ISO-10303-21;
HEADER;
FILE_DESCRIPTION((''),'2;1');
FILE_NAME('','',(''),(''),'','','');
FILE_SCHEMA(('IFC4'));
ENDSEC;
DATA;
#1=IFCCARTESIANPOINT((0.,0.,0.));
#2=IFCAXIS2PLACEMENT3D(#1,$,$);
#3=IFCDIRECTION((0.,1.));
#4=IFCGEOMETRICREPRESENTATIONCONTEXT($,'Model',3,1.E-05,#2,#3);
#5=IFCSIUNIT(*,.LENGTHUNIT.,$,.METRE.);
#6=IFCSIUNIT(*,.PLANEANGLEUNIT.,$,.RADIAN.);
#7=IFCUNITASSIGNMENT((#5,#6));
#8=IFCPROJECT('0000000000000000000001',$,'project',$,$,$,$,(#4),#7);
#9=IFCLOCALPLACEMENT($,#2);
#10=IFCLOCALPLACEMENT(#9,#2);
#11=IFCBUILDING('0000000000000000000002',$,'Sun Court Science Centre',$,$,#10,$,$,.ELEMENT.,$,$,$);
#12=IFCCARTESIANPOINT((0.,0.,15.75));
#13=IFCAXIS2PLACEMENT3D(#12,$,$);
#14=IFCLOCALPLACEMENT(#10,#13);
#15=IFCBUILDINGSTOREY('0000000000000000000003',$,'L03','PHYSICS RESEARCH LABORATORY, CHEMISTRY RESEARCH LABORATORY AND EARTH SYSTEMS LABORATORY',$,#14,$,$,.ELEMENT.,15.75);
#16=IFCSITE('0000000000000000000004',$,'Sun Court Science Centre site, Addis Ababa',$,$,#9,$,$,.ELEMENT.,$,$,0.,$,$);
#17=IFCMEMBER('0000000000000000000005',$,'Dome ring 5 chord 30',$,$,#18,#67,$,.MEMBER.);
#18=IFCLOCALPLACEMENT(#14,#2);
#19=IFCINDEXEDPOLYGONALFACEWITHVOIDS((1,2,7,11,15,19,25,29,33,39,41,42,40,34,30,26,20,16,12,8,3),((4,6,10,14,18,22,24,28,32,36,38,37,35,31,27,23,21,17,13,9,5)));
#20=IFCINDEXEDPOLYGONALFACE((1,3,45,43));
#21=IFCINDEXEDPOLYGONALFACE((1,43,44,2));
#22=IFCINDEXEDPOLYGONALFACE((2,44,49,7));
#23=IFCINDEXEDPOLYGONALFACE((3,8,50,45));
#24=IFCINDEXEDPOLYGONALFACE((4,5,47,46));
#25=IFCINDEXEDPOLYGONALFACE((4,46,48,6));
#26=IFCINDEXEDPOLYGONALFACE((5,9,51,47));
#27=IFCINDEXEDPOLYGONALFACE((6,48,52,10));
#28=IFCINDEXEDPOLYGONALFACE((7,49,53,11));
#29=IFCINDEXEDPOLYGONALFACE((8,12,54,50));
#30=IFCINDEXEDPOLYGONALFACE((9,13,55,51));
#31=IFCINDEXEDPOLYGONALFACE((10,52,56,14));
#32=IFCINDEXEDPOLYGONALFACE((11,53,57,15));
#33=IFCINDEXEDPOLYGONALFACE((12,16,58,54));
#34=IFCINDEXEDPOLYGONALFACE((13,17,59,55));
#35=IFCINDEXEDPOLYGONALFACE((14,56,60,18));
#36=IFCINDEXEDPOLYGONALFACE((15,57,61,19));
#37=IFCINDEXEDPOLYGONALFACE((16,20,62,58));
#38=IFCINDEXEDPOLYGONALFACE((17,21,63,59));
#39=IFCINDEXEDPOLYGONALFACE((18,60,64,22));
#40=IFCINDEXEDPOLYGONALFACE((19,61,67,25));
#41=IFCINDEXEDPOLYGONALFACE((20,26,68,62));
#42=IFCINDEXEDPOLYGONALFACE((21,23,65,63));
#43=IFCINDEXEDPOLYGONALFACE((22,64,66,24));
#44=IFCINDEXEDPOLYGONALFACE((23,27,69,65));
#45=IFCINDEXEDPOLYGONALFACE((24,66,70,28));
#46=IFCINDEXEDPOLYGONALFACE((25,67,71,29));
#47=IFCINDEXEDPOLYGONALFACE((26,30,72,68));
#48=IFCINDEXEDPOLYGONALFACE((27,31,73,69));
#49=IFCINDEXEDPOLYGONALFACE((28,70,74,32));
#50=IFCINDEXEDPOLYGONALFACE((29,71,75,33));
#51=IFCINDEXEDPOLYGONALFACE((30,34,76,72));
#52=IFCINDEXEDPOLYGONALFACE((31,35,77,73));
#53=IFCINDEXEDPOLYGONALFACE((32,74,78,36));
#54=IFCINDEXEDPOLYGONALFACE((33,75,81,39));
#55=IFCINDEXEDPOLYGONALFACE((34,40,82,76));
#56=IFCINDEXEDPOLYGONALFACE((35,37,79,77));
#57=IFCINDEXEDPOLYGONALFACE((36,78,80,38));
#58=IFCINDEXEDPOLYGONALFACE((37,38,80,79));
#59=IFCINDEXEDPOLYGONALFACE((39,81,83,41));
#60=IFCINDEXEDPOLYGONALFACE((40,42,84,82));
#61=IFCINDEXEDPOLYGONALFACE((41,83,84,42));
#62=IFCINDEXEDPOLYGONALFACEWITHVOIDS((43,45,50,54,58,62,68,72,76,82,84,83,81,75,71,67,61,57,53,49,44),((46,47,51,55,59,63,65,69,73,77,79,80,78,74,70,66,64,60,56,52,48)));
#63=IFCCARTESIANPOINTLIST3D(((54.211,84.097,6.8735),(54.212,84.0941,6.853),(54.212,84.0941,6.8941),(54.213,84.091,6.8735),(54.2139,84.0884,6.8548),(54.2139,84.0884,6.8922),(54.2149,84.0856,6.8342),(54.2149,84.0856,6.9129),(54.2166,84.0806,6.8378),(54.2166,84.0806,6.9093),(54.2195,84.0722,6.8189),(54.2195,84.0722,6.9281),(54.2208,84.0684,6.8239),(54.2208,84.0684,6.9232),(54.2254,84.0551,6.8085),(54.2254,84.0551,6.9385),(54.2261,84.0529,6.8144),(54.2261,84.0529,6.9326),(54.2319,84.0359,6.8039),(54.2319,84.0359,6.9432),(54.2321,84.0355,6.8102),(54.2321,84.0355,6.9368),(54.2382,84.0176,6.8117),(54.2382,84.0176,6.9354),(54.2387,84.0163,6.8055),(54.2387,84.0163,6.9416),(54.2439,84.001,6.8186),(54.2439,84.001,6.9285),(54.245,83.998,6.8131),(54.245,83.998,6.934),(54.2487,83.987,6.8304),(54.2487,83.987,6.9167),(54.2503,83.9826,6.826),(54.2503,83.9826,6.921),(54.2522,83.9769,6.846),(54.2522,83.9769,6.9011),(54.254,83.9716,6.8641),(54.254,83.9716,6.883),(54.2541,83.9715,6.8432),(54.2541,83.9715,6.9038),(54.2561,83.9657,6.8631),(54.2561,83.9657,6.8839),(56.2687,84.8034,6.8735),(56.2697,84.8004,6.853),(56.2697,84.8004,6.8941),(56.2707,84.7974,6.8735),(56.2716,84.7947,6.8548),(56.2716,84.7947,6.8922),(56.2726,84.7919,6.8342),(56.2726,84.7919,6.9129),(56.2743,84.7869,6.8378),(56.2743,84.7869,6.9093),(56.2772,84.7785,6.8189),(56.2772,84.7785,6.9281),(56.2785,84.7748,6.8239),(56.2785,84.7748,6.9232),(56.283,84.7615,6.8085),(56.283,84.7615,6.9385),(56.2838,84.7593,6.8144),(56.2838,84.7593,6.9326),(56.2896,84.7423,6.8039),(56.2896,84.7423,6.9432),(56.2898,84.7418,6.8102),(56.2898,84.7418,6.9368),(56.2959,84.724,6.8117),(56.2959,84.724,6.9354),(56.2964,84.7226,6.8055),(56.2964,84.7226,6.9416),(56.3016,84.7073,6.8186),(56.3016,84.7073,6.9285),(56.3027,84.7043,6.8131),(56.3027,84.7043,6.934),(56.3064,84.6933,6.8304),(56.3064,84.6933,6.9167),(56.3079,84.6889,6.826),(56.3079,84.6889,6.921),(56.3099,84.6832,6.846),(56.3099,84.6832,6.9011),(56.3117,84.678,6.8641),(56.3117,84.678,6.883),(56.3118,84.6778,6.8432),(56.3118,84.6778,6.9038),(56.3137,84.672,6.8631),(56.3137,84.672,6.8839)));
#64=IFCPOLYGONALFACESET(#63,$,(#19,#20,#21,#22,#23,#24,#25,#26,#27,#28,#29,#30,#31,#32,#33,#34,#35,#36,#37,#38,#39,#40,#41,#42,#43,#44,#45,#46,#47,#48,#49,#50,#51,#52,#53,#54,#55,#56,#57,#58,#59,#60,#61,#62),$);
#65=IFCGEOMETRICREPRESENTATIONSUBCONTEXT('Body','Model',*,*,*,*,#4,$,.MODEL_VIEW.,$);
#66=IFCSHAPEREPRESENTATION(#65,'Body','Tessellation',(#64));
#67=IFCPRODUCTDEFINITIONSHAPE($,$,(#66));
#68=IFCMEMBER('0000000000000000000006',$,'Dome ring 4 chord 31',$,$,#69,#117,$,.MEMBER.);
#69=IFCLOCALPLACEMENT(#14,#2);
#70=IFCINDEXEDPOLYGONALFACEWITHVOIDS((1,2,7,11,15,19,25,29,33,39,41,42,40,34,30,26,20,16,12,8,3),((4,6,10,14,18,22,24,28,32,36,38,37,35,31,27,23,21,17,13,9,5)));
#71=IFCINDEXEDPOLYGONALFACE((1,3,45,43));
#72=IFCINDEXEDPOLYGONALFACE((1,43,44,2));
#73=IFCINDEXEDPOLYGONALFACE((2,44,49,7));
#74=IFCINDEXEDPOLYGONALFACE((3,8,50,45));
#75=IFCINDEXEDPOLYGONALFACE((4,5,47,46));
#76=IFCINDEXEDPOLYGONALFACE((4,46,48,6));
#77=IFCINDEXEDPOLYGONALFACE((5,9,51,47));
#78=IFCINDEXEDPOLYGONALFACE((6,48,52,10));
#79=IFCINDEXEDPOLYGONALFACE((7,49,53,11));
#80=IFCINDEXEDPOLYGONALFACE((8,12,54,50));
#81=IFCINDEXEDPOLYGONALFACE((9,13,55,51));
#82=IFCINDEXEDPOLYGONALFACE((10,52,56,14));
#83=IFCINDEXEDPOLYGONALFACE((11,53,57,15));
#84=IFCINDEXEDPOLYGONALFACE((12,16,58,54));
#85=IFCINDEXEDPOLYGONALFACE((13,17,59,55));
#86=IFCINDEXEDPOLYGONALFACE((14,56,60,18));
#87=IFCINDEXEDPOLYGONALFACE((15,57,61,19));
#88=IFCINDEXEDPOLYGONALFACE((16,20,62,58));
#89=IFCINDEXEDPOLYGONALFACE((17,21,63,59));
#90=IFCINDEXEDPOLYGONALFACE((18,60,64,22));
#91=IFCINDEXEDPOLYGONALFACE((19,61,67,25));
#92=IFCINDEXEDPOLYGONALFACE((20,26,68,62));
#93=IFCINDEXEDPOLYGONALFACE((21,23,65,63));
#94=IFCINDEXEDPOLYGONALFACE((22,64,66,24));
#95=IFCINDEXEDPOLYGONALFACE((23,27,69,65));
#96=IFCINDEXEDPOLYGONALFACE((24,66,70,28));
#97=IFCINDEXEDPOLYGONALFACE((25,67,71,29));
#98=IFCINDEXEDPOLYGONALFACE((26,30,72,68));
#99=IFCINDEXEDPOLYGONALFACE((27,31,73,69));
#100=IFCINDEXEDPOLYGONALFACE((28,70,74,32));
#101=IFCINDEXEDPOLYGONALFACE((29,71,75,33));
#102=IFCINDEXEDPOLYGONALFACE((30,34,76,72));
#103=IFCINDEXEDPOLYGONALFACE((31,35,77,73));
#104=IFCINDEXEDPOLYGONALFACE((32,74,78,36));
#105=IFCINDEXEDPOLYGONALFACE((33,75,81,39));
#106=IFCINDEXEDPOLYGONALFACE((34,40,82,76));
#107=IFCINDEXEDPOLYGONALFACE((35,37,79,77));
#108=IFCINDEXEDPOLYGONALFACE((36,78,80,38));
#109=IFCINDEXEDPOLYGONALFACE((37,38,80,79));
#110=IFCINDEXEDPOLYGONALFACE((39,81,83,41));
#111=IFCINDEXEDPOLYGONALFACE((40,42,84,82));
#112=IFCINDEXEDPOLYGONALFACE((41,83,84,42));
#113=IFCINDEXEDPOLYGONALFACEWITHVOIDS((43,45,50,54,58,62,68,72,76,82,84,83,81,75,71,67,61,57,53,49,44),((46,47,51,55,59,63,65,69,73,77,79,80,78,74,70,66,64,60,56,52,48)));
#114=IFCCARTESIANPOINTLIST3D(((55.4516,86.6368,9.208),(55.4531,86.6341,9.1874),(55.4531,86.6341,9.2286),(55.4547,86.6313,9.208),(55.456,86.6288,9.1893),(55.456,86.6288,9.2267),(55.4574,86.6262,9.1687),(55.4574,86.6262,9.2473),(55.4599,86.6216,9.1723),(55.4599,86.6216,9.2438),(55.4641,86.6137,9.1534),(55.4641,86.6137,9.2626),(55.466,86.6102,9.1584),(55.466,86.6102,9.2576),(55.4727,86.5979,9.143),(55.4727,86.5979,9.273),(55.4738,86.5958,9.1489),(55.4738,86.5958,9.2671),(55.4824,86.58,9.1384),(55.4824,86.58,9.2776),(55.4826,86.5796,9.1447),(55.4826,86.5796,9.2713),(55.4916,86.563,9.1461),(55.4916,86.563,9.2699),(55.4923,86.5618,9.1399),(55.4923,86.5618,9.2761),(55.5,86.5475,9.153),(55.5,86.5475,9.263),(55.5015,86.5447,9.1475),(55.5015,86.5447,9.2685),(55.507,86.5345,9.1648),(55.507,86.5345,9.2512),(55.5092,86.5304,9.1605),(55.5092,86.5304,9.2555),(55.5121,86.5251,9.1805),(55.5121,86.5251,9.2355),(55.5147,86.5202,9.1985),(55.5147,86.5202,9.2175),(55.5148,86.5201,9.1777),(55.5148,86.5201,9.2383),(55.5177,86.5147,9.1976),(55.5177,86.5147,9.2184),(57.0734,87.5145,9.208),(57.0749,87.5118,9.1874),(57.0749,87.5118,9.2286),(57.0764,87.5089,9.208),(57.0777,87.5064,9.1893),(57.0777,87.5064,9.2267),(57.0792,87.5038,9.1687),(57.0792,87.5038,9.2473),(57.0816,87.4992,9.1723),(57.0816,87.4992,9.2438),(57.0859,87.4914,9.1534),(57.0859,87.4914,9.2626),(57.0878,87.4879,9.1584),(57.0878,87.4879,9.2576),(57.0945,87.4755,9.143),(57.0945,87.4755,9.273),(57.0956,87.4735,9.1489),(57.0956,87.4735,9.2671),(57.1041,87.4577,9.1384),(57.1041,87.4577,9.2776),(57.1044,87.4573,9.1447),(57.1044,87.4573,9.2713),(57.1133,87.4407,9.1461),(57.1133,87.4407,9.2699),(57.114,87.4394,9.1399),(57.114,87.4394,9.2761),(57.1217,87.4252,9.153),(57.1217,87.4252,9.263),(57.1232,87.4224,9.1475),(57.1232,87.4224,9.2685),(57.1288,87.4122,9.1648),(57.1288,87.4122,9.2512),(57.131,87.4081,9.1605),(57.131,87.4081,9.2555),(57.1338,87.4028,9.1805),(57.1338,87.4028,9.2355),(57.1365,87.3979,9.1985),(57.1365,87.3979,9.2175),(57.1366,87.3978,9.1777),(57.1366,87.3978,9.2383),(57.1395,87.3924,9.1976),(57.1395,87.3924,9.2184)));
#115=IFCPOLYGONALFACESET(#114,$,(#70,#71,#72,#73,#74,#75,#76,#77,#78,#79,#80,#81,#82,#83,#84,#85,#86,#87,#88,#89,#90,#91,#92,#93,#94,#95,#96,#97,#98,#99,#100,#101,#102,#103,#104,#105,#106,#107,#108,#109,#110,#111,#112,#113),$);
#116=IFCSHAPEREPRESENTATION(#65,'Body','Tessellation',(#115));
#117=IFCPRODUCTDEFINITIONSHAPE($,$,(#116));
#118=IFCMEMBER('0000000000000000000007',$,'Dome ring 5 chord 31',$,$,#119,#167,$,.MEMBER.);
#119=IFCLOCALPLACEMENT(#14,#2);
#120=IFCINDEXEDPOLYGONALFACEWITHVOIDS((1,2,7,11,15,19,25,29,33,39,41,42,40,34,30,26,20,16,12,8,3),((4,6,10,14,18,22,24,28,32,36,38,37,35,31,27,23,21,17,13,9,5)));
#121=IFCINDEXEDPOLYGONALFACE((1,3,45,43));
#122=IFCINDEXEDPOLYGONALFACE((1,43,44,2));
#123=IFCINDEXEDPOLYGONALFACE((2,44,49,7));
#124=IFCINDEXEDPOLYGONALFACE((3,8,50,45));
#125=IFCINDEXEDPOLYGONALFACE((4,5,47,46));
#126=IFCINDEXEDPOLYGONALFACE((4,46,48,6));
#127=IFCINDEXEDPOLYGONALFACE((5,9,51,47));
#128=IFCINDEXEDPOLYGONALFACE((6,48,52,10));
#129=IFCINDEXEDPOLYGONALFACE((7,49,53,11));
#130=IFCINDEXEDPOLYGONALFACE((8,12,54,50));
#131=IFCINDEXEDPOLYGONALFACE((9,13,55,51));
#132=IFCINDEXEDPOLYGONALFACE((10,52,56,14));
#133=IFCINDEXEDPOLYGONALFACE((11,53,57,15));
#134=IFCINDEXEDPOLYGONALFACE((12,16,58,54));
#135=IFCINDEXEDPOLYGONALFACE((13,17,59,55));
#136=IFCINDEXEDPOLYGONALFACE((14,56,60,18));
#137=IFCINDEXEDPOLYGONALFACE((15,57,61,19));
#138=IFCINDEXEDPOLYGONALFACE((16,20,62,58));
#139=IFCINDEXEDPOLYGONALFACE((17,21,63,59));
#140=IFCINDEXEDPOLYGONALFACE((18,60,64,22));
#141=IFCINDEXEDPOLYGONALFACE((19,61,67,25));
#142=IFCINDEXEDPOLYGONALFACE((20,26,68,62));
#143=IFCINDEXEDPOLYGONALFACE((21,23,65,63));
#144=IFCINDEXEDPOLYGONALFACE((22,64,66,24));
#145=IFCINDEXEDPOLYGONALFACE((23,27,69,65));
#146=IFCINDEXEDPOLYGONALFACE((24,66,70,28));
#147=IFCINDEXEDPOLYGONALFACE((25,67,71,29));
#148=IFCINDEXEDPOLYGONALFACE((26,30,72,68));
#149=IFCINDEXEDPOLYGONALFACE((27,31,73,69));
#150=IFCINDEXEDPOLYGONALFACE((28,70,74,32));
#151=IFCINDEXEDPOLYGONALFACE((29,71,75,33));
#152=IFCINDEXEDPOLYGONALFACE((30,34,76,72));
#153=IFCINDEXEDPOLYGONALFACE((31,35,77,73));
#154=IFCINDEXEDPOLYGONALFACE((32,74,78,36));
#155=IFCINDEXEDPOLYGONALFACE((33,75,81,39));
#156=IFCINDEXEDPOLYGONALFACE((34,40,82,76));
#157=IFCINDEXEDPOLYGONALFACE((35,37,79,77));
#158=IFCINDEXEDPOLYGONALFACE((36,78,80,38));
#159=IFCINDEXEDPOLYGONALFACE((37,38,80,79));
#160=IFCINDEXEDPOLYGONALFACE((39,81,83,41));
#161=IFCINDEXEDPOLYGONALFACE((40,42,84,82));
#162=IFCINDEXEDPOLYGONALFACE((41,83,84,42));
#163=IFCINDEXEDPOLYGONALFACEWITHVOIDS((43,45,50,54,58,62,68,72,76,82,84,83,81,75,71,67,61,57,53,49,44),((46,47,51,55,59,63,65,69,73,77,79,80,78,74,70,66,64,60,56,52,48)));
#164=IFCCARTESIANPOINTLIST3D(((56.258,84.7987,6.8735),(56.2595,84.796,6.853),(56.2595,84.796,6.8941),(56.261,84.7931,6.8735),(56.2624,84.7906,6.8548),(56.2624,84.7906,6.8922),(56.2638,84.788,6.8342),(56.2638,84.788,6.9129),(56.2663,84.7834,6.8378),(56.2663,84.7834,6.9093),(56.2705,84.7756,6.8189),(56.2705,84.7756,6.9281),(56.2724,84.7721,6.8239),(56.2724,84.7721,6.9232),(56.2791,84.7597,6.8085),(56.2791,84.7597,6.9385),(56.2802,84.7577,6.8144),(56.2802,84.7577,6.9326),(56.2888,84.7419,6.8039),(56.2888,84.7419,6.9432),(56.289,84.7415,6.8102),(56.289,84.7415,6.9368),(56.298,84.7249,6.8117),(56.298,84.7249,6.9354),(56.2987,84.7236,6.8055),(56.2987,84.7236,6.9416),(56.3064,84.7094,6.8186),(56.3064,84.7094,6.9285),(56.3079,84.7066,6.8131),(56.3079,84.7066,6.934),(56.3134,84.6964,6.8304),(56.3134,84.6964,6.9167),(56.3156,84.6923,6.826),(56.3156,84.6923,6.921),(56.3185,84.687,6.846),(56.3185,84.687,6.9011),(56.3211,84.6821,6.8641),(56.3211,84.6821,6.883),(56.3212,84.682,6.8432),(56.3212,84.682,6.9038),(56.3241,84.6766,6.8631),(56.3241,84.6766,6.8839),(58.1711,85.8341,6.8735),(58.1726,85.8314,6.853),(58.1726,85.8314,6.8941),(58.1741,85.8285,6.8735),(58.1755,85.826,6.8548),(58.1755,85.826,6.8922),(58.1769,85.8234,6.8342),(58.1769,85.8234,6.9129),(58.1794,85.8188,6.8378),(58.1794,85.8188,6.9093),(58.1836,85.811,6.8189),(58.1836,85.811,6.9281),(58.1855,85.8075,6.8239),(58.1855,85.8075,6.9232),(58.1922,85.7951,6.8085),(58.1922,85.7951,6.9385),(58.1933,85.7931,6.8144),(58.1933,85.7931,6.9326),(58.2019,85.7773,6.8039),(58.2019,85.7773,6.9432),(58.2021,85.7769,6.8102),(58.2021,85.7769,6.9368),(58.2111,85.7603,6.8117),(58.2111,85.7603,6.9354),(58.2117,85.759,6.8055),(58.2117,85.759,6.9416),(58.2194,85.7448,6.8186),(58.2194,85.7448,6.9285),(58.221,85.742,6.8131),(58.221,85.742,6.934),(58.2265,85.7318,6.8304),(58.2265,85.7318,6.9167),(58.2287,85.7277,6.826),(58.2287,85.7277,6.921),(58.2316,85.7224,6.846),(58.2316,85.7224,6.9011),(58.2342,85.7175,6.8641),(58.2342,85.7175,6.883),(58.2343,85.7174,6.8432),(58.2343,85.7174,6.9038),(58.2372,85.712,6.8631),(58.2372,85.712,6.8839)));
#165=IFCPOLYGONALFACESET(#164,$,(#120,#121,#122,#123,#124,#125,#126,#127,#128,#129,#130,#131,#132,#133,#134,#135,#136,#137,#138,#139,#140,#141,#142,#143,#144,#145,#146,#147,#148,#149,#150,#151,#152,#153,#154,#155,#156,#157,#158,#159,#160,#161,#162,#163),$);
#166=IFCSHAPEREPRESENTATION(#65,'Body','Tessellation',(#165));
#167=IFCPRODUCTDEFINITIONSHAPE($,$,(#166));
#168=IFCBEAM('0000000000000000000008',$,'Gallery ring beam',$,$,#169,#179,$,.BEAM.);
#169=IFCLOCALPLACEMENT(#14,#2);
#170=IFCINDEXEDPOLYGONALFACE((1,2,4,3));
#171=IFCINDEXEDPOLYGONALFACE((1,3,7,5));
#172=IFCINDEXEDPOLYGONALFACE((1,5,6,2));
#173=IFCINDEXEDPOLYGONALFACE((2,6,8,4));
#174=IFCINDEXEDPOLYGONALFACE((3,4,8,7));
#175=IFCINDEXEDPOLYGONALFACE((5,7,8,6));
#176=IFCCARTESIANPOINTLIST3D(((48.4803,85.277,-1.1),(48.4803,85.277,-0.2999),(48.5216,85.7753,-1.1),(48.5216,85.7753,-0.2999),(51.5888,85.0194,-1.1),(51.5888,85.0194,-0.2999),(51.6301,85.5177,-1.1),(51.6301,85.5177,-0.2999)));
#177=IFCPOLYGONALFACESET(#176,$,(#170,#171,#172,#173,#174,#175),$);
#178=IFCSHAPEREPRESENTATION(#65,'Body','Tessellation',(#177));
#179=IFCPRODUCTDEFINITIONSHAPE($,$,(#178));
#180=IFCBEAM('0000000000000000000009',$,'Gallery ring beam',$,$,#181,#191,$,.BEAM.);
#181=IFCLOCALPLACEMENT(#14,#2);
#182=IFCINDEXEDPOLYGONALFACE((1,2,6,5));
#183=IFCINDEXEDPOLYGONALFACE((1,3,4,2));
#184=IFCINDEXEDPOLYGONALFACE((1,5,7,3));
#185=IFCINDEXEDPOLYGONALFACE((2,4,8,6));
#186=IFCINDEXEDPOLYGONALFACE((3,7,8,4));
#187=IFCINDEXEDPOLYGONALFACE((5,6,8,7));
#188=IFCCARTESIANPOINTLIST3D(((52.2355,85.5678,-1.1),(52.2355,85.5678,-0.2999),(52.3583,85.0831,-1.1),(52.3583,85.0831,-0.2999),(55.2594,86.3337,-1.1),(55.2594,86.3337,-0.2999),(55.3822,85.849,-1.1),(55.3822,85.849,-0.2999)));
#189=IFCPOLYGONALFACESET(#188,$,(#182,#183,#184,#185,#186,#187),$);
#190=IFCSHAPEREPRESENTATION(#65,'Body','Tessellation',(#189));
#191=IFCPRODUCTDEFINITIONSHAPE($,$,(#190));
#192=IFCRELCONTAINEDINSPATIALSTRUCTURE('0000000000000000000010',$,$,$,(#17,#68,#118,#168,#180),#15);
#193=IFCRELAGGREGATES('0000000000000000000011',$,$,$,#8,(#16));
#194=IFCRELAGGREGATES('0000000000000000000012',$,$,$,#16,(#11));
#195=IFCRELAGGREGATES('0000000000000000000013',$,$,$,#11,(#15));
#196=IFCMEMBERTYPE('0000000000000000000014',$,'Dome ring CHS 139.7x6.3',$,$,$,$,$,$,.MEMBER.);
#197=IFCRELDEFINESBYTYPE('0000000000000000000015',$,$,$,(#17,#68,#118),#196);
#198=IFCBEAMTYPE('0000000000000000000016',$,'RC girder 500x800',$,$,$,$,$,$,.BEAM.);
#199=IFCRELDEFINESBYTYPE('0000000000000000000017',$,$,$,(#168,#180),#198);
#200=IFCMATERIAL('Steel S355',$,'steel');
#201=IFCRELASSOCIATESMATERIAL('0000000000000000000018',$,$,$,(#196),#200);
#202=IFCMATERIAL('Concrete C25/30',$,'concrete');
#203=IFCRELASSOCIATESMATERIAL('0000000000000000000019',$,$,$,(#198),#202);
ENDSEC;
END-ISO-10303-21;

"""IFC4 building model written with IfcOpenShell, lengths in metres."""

from ifc_helpers import new_model, si_unit, direction, frame, origin, origin_2d, place, context, subcontext, project, spatial, rectangle, hollow_circle, extrude, material, material_profile, profile_set, type_object, element, save


model = new_model("IFC4")

# Units and contexts
model_context = context("Model", 3, precision=1e-05, world=origin(), true_north=direction((0.0, 1.0)))
body_context = subcontext(model_context, "Body", "Model", "MODEL_VIEW")
ifc_project = project(units=[si_unit("LENGTHUNIT", "METRE"), si_unit("PLANEANGLEUNIT", "RADIAN")], contexts=[model_context])

# Site, building, storey
site_placement = place(None, origin())
site = spatial("IfcSite", under=ifc_project, at=site_placement, Name="Sun Court Science Centre site, Addis Ababa", CompositionType="ELEMENT", RefElevation=0.0)
building_placement = place(site_placement, origin())
building = spatial("IfcBuilding", under=site, at=building_placement, Name="Sun Court Science Centre", CompositionType="ELEMENT")
storey_placement = place(building_placement, frame((0.0, 0.0, 15.75)))
storey = spatial("IfcBuildingStorey", under=building, at=storey_placement, Name="L03", Description="PHYSICS RESEARCH LABORATORY, CHEMISTRY RESEARCH LABORATORY AND EARTH SYSTEMS LABORATORY", CompositionType="ELEMENT", Elevation=15.75)

# Members
ifc_material_1 = material(Name="Steel S355", Category="steel")
ifc_material_profile_1 = material_profile(ifc_material_1, hollow_circle(Radius=0.0698, WallThickness=0.0063, at=origin_2d()), Name="CHS 139.7x6.3")
ifc_profile_set_1 = profile_set([ifc_material_profile_1], Name="Steel S355")
member_type_1 = type_object("IfcMemberType", Name="Dome ring CHS 139.7x6.3", PredefinedType="MEMBER", material=ifc_profile_set_1)
member_1_placement = place(storey_placement, frame((54.2336, 84.031, 6.8735), z_axis=(0.945829, 0.324666, 0.0), x_axis=(-0.324666, 0.945829, 0.0)))
element("IfcMember", 1, at=member_1_placement, inside=storey, type_object=member_type_1, Name="Dome ring 5 chord 30", PredefinedType="MEMBER", context=body_context, shape_type="SweptSolid", body=[
    extrude(hollow_circle(Radius=0.0698, WallThickness=0.0063, at=origin_2d()), origin(), (0.0, 0.0, 1.0), 2.1755),
])
member_2_placement = place(storey_placement, frame((55.4849, 86.5754, 9.208), z_axis=(0.879474, 0.475946, 0.0), x_axis=(-0.475946, 0.879474, 0.0)))
element("IfcMember", 2, at=member_2_placement, inside=storey, type_object=member_type_1, Name="Dome ring 4 chord 31", PredefinedType="MEMBER", context=body_context, shape_type="SweptSolid", body=[
    extrude(hollow_circle(Radius=0.0698, WallThickness=0.0063, at=origin_2d()), origin(), (0.0, 0.0, 1.0), 1.844),
])
member_3_placement = place(storey_placement, frame((56.2913, 84.7373, 6.8735), z_axis=(0.879456, 0.475979, 0.0), x_axis=(-0.475979, 0.879456, 0.0)))
element("IfcMember", 3, at=member_3_placement, inside=storey, type_object=member_type_1, Name="Dome ring 5 chord 31", PredefinedType="MEMBER", context=body_context, shape_type="SweptSolid", body=[
    extrude(hollow_circle(Radius=0.0698, WallThickness=0.0063, at=origin_2d()), origin(), (0.0, 0.0, 1.0), 2.1753),
])

# Beams
ifc_material_2 = material(Name="Concrete C25/30", Category="concrete")
ifc_material_profile_2 = material_profile(ifc_material_2, rectangle(XDim=0.5, YDim=0.8, at=origin_2d()), Name="RC 500x800")
ifc_profile_set_2 = profile_set([ifc_material_profile_2], Name="Concrete C25/30")
beam_type = type_object("IfcBeamType", Name="RC girder 500x800", PredefinedType="BEAM", material=ifc_profile_set_2)
beam_1_placement = place(storey_placement, frame((48.501, 85.5261, -0.7), z_axis=(0.996585, -0.082579, 0.0), x_axis=(0.082579, 0.996585, 0.0)))
element("IfcBeam", 4, at=beam_1_placement, inside=storey, type_object=beam_type, Name="Gallery ring beam", PredefinedType="BEAM", context=body_context, shape_type="SweptSolid", body=[
    extrude(rectangle(XDim=0.5, YDim=0.8, at=origin_2d()), origin(), (0.0, 0.0, 1.0), 3.1191),
])
beam_2_placement = place(storey_placement, frame((52.2969, 85.3254, -0.7), z_axis=(0.969392, 0.245518, 0.0), x_axis=(-0.245518, 0.969392, 0.0)))
element("IfcBeam", 5, at=beam_2_placement, inside=storey, type_object=beam_type, Name="Gallery ring beam", PredefinedType="BEAM", context=body_context, shape_type="SweptSolid", body=[
    extrude(rectangle(XDim=0.5, YDim=0.8, at=origin_2d()), origin(), (0.0, 0.0, 1.0), 3.1194),
])

save(model, "model.ifc")
